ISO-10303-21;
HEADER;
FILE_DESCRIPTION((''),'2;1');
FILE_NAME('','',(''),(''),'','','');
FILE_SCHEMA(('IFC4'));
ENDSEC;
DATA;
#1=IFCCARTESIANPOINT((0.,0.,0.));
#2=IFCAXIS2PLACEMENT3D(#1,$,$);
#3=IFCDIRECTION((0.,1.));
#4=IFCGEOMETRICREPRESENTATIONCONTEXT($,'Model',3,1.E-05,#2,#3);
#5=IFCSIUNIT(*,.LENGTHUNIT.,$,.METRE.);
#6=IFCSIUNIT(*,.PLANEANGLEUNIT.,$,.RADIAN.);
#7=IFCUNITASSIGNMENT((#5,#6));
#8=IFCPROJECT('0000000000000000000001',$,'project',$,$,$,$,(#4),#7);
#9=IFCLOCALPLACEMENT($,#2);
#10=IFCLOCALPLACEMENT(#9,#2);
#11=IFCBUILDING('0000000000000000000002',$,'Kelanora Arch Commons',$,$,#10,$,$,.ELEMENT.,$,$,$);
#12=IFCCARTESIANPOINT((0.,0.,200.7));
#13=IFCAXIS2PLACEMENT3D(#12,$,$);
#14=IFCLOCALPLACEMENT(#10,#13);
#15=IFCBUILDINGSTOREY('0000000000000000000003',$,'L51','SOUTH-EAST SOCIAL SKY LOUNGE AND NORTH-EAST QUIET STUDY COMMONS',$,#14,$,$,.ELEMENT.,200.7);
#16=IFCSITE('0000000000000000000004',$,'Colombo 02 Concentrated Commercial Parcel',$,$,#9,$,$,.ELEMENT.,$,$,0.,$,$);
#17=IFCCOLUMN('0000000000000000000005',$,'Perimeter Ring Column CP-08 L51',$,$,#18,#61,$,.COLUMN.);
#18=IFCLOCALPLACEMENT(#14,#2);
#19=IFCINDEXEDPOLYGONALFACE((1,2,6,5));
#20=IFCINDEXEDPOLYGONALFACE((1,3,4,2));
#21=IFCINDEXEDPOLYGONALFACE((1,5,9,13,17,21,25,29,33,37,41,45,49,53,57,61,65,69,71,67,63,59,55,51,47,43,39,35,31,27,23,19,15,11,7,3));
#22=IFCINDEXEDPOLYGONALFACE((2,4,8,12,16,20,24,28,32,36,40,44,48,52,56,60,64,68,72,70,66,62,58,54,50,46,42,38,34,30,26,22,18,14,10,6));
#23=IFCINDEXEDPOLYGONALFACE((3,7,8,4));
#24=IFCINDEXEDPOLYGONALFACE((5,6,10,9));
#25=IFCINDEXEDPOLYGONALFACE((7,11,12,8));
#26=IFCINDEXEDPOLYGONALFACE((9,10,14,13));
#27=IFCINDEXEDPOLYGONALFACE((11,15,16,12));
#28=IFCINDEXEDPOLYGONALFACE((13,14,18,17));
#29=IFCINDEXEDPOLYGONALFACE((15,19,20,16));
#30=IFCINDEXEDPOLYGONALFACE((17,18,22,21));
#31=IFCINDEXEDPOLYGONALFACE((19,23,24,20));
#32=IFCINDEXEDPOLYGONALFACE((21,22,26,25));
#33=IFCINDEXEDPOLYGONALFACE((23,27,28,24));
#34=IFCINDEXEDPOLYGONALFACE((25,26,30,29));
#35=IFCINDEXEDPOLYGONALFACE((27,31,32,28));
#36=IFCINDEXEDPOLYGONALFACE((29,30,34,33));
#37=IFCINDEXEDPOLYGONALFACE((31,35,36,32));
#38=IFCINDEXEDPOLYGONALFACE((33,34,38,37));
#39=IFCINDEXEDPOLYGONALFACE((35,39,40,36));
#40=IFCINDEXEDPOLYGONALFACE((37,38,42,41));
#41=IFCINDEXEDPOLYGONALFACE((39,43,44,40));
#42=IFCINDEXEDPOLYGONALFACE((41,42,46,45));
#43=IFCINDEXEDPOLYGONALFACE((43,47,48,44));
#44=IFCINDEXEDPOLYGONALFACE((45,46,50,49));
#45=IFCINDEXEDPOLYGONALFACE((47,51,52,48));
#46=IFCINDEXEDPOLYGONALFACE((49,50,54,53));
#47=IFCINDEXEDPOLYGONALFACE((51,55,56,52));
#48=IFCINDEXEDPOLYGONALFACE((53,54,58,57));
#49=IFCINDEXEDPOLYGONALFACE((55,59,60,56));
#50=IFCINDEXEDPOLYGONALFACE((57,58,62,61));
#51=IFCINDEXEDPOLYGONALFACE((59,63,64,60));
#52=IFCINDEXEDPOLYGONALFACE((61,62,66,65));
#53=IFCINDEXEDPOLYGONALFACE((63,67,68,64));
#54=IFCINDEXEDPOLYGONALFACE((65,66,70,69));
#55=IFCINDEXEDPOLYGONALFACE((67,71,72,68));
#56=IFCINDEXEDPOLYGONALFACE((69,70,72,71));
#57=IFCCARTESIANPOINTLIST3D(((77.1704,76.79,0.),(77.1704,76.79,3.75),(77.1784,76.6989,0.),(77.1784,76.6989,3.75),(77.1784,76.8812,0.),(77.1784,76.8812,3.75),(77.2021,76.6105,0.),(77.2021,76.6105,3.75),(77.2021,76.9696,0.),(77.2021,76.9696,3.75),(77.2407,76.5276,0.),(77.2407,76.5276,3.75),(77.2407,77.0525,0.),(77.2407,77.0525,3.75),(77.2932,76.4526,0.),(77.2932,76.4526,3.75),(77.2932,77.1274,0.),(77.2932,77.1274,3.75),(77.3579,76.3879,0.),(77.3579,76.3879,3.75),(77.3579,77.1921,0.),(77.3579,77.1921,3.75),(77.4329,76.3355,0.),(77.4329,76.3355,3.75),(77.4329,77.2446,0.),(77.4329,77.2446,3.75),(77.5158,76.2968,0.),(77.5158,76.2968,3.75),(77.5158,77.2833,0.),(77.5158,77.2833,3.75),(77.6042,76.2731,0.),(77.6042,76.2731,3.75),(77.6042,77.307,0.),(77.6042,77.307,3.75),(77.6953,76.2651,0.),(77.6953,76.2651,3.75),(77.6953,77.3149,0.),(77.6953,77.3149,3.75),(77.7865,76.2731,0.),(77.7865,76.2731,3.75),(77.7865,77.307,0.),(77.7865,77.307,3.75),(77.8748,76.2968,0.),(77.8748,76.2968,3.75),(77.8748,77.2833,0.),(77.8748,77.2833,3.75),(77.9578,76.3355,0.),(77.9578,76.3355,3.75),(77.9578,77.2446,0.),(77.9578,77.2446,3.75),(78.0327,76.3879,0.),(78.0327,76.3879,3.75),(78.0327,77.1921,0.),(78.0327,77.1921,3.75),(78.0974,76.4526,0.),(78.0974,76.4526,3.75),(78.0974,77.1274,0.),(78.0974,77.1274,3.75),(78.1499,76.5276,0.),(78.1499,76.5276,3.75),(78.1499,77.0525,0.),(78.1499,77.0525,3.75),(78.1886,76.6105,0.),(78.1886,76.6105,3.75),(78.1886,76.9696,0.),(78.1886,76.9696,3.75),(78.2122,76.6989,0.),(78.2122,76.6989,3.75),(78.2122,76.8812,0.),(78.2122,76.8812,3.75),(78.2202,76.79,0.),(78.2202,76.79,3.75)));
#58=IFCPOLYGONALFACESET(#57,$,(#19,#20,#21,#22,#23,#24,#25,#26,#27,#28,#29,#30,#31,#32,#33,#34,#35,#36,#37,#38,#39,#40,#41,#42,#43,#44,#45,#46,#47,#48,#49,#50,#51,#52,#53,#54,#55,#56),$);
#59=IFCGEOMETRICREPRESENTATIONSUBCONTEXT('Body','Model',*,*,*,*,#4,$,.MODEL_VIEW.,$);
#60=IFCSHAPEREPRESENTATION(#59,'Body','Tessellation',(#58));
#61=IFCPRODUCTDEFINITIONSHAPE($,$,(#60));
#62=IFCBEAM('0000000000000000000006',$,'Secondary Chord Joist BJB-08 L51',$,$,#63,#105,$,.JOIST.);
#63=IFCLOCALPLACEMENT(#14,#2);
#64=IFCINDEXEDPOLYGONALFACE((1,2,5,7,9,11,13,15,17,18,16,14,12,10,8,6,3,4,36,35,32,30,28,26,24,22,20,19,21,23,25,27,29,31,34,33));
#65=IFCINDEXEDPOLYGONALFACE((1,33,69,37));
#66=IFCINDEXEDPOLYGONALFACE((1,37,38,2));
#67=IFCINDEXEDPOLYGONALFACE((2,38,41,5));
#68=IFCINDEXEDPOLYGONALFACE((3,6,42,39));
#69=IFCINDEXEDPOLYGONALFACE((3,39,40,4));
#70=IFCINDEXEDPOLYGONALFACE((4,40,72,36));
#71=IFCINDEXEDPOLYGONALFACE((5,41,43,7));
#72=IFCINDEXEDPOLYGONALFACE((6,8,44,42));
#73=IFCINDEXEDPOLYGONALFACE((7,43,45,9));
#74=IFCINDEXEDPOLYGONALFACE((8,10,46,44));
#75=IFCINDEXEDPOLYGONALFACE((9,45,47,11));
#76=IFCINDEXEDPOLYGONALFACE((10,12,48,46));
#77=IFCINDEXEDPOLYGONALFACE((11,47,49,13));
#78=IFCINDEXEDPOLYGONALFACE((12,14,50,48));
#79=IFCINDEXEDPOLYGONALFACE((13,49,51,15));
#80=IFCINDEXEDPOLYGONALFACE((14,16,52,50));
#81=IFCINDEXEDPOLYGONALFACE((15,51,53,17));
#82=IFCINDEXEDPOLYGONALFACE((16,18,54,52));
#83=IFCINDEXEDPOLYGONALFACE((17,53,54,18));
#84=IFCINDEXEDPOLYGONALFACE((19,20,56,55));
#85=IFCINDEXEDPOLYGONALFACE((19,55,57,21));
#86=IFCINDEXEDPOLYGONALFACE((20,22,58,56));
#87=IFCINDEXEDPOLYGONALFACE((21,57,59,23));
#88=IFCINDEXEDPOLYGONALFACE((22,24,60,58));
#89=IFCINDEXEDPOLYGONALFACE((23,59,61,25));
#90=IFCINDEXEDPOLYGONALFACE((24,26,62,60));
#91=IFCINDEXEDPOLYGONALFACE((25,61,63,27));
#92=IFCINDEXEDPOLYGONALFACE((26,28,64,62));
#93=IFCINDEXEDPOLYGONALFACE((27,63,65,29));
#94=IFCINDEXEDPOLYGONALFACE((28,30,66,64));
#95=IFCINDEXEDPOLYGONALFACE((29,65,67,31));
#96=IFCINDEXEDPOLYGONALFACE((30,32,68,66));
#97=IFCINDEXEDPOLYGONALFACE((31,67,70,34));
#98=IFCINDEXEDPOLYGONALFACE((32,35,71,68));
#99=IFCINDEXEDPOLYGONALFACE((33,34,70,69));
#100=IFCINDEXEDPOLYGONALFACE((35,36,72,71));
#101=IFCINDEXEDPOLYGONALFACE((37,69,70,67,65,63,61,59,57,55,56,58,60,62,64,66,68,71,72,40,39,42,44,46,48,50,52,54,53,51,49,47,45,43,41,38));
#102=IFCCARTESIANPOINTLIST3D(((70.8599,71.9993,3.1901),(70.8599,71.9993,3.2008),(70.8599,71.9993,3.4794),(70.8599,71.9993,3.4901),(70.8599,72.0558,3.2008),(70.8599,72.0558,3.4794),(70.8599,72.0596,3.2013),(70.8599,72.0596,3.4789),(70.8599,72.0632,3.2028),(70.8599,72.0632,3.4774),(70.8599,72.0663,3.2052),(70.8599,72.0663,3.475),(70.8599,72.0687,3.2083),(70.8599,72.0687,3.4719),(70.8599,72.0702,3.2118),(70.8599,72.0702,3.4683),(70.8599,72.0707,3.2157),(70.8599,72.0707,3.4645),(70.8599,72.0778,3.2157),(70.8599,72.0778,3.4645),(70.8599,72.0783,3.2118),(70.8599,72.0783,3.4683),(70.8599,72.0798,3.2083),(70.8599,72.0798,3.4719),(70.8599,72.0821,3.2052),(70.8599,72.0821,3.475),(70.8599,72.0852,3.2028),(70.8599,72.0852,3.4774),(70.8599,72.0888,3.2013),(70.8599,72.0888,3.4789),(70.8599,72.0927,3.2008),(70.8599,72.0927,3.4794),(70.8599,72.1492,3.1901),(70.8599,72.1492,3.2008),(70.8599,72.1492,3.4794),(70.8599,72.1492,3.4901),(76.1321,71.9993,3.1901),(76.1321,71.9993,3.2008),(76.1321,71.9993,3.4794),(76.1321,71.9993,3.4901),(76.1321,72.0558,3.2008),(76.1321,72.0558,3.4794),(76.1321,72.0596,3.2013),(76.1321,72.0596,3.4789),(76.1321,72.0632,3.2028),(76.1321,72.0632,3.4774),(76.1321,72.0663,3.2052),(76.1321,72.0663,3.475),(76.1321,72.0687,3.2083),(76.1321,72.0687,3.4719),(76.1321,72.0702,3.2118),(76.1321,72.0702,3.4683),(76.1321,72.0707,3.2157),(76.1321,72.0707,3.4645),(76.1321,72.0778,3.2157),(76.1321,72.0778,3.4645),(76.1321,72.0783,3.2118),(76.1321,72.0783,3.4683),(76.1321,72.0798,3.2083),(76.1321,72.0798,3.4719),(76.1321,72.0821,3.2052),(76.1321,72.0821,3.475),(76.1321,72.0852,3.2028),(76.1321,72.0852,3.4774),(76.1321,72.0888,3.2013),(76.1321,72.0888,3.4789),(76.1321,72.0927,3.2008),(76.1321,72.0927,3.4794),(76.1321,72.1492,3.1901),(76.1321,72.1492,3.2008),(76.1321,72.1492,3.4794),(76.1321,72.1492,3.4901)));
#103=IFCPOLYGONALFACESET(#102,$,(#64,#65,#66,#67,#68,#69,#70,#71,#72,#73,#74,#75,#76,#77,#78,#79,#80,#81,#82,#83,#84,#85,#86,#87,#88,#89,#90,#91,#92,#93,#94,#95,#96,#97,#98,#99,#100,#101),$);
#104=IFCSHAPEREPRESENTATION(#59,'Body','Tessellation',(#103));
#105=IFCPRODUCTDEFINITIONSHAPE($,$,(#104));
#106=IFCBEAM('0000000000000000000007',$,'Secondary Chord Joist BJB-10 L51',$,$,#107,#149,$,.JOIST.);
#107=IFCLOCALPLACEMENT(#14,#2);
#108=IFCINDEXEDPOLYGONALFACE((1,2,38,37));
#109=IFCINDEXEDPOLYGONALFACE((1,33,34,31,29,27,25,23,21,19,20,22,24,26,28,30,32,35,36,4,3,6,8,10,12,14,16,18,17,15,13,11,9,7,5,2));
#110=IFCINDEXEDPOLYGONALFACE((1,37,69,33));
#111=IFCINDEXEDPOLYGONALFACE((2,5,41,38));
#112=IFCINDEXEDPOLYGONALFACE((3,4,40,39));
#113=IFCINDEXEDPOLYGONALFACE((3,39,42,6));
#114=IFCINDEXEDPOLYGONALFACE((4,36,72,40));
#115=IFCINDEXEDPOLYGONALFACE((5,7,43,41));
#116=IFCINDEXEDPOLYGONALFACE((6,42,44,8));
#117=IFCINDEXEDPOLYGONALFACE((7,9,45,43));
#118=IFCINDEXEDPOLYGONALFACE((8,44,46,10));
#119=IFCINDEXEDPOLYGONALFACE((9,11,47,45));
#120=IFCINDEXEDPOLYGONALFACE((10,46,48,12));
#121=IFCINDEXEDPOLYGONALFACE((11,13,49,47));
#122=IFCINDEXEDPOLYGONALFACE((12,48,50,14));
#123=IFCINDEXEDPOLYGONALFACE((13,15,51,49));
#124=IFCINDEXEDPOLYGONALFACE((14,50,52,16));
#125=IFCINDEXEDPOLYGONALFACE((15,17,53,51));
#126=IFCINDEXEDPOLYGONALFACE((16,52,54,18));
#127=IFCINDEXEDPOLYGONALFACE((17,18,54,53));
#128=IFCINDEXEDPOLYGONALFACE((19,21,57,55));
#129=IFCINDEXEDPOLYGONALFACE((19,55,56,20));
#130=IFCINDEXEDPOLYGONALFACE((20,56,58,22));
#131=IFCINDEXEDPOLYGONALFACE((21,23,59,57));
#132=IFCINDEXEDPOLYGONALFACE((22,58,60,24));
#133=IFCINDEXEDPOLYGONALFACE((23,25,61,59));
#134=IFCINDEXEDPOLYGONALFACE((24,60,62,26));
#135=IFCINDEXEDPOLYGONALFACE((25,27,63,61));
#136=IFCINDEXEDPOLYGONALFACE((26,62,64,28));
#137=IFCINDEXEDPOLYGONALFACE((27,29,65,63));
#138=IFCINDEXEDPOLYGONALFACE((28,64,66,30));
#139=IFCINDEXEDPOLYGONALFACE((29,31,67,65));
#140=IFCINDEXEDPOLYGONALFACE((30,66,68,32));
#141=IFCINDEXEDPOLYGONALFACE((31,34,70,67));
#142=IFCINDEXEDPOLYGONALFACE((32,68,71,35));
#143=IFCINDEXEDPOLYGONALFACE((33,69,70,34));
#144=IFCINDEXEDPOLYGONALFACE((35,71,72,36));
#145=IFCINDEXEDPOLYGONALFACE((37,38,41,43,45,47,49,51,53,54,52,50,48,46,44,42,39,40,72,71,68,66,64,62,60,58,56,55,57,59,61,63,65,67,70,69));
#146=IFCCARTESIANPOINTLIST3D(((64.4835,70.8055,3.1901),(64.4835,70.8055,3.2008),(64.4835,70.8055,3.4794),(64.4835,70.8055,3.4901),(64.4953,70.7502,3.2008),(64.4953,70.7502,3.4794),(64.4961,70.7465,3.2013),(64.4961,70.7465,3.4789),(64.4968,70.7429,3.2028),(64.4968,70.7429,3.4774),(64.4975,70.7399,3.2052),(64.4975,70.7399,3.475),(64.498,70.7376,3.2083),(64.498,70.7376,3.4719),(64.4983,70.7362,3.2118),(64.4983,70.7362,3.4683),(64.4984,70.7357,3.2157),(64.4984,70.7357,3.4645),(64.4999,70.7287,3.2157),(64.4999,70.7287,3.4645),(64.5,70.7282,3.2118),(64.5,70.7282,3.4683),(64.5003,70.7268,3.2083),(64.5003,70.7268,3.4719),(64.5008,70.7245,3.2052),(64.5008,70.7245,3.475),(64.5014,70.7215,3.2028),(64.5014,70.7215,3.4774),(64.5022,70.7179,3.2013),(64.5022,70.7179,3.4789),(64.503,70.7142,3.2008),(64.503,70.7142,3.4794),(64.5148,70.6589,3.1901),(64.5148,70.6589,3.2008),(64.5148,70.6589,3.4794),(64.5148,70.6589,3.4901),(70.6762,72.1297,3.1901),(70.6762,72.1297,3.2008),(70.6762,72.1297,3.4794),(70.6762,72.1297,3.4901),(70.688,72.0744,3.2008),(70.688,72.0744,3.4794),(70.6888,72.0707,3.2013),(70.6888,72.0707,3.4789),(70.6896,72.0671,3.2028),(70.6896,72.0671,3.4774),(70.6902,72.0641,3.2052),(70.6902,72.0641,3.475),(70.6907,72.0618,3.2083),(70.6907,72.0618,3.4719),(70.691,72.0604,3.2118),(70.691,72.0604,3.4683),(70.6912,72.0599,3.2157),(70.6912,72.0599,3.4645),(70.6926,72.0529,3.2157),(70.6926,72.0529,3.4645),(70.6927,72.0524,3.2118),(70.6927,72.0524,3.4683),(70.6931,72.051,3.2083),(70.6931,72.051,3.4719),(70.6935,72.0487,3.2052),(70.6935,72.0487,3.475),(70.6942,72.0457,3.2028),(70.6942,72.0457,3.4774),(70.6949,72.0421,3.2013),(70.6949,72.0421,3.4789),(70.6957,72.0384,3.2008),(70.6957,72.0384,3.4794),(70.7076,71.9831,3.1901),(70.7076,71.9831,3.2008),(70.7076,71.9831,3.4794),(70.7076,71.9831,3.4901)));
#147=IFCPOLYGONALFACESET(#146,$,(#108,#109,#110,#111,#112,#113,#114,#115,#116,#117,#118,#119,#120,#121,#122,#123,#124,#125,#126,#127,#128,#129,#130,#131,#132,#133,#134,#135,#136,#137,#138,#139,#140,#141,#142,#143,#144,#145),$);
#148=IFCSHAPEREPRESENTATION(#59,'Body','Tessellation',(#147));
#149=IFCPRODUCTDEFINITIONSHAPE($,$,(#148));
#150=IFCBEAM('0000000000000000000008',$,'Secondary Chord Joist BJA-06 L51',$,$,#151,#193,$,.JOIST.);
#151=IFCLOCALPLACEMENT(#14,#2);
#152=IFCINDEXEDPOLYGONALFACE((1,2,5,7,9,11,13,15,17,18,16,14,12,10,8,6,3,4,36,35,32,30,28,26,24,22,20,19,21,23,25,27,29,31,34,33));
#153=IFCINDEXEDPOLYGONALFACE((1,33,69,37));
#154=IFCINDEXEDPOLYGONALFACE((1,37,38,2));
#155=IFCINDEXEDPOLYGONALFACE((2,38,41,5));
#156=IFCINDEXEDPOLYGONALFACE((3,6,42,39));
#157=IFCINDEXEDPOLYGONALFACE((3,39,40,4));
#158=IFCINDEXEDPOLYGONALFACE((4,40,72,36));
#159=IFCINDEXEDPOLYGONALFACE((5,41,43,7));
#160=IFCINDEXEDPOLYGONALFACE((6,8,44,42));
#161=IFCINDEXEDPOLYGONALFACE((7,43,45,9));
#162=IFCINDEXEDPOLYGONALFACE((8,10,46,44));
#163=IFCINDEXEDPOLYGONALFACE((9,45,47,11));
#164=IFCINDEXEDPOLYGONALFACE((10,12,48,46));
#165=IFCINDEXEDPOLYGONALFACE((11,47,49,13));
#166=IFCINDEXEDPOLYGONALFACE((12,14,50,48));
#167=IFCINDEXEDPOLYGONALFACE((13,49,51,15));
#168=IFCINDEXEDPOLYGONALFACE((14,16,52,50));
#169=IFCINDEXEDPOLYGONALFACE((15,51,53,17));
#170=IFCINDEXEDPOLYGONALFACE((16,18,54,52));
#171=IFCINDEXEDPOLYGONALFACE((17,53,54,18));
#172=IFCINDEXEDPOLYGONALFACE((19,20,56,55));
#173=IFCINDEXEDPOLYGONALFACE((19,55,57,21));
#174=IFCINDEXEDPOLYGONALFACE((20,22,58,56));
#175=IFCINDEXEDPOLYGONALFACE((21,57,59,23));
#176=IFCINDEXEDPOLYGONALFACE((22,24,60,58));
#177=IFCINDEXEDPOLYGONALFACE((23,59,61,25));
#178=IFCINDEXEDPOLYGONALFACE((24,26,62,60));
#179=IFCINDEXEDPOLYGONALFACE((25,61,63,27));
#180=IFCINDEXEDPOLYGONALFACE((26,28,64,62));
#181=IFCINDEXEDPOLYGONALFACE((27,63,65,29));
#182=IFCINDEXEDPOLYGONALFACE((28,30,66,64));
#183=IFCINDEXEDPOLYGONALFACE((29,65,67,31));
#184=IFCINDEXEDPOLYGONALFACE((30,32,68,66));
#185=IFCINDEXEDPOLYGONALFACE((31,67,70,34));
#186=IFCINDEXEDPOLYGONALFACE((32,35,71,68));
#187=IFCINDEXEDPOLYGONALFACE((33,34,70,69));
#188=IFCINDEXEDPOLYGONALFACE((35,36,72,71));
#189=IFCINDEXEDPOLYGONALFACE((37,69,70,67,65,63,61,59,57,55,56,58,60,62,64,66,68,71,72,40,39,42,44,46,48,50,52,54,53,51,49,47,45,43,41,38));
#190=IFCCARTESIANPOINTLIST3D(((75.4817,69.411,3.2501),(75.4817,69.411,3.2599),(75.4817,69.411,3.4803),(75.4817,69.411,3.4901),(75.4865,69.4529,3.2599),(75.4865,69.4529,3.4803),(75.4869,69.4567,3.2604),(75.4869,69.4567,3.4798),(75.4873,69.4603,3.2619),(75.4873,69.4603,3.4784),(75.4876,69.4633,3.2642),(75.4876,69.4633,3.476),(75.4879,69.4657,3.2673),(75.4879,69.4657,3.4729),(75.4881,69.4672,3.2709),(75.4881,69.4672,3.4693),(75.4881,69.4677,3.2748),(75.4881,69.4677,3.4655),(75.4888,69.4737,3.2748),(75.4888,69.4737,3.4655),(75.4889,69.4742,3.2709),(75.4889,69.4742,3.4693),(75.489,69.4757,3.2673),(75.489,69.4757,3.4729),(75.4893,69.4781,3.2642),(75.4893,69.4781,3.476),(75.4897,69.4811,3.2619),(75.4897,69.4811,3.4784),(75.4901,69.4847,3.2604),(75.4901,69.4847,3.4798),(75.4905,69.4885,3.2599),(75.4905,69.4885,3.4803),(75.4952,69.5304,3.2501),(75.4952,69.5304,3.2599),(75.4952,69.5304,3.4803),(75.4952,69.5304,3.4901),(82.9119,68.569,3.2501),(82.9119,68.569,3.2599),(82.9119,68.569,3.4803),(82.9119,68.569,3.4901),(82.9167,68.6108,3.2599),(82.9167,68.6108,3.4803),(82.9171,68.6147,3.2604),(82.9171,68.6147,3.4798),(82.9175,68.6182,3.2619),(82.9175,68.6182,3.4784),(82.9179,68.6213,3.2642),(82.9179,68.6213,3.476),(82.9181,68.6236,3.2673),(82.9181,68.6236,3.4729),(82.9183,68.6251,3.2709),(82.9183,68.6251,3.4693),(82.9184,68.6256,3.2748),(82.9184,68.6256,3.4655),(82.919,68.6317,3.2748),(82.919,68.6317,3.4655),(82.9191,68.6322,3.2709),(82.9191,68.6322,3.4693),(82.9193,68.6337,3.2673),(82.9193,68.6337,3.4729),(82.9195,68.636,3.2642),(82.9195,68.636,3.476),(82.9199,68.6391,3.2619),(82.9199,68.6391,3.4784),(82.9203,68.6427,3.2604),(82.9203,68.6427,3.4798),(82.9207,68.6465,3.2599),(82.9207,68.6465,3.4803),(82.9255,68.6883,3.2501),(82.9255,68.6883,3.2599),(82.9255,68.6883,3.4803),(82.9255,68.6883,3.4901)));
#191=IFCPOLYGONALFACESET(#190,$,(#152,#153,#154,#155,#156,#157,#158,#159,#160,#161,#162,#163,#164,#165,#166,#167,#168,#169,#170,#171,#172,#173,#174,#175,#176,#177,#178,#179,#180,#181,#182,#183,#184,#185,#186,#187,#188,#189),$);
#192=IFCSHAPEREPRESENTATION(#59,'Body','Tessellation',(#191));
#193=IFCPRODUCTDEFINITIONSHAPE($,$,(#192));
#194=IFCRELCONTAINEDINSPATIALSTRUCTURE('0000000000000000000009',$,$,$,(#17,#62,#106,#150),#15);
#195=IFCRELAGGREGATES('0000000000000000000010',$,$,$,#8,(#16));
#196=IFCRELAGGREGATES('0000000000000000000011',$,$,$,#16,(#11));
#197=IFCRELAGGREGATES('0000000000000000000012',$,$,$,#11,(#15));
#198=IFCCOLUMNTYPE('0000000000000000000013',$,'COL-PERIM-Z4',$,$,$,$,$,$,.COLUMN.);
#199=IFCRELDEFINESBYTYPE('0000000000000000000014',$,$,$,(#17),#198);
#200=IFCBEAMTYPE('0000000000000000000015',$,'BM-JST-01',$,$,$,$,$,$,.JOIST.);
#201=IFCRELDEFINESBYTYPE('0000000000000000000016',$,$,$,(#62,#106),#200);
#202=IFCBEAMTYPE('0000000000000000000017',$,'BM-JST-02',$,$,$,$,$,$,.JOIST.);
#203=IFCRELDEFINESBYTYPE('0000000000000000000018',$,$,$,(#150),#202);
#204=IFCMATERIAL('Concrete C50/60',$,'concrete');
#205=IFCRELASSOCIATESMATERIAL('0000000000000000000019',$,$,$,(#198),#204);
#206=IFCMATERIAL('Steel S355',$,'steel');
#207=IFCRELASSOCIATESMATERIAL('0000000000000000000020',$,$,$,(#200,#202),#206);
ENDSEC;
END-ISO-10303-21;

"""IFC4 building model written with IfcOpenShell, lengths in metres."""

from ifc_helpers import new_model, si_unit, direction, frame, origin, origin_2d, place, context, subcontext, project, spatial, circle, i_section, extrude, material, material_profile, profile_set, type_object, element, save


model = new_model("IFC4")

# Units and contexts
model_context = context("Model", 3, precision=1e-05, world=origin(), true_north=direction((0.0, 1.0)))
body_context = subcontext(model_context, "Body", "Model", "MODEL_VIEW")
ifc_project = project(units=[si_unit("LENGTHUNIT", "METRE"), si_unit("PLANEANGLEUNIT", "RADIAN")], contexts=[model_context])

# Site, building, storey
site_placement = place(None, origin())
site = spatial("IfcSite", under=ifc_project, at=site_placement, Name="Colombo 02 Concentrated Commercial Parcel", CompositionType="ELEMENT", RefElevation=0.0)
building_placement = place(site_placement, origin())
building = spatial("IfcBuilding", under=site, at=building_placement, Name="Kelanora Arch Commons", CompositionType="ELEMENT")
storey_placement = place(building_placement, frame((0.0, 0.0, 200.7)))
storey = spatial("IfcBuildingStorey", under=building, at=storey_placement, Name="L51", Description="SOUTH-EAST SOCIAL SKY LOUNGE AND NORTH-EAST QUIET STUDY COMMONS", CompositionType="ELEMENT", Elevation=200.7)

# Column
ifc_material_1 = material(Name="Concrete C50/60", Category="concrete")
ifc_material_profile_1 = material_profile(ifc_material_1, circle(Radius=0.5249, at=origin_2d()), Name="RCC1050")
ifc_profile_set_1 = profile_set([ifc_material_profile_1], Name="Concrete C50/60")
column_type = type_object("IfcColumnType", Name="COL-PERIM-Z4", PredefinedType="COLUMN", material=ifc_profile_set_1)
column_placement = place(storey_placement, frame((77.6953, 76.79, 0.0), z_axis=(0.0, 0.0, 1.0), x_axis=(1.0, 0.0, 0.0)))
element("IfcColumn", 1, at=column_placement, inside=storey, type_object=column_type, Name="Perimeter Ring Column CP-08 L51", PredefinedType="COLUMN", context=body_context, shape_type="SweptSolid", body=[
    extrude(circle(Radius=0.5249, at=origin_2d()), origin(), (0.0, 0.0, 1.0), 3.75),
])

# Beams
ifc_material_2 = material(Name="Steel S355", Category="steel")
ifc_material_profile_2 = material_profile(ifc_material_2, i_section(OverallWidth=0.1499, OverallDepth=0.3, WebThickness=0.0071, FlangeThickness=0.0107, FilletRadius=0.0149, at=origin_2d()), Name="IPE300")
ifc_profile_set_2 = profile_set([ifc_material_profile_2], Name="Steel S355")
beam_type_1 = type_object("IfcBeamType", Name="BM-JST-01", PredefinedType="JOIST", material=ifc_profile_set_2)
beam_1_placement = place(storey_placement, frame((76.1321, 72.0742, 3.3401), z_axis=(-1.0, 0.0, 0.0), x_axis=(0.0, -1.0, 0.0)))
element("IfcBeam", 2, at=beam_1_placement, inside=storey, type_object=beam_type_1, Name="Secondary Chord Joist BJB-08 L51", PredefinedType="JOIST", context=body_context, shape_type="SweptSolid", body=[
    extrude(i_section(OverallWidth=0.1499, OverallDepth=0.3, WebThickness=0.0071, FlangeThickness=0.0107, FilletRadius=0.0149, at=origin_2d()), origin(), (0.0, 0.0, 1.0), 5.2722),
])
beam_2_placement = place(storey_placement, frame((70.6919, 72.0564, 3.3401), z_axis=(-0.977894, -0.209103, 0.0), x_axis=(0.209103, -0.977894, 0.0)))
element("IfcBeam", 3, at=beam_2_placement, inside=storey, type_object=beam_type_1, Name="Secondary Chord Joist BJB-10 L51", PredefinedType="JOIST", context=body_context, shape_type="SweptSolid", body=[
    extrude(i_section(OverallWidth=0.1499, OverallDepth=0.3, WebThickness=0.0071, FlangeThickness=0.0107, FilletRadius=0.0149, at=origin_2d()), origin(), (0.0, 0.0, 1.0), 6.3328),
])
ifc_material_profile_3 = material_profile(ifc_material_2, i_section(OverallWidth=0.1201, OverallDepth=0.24, WebThickness=0.0061, FlangeThickness=0.0098, FilletRadius=0.0149, at=origin_2d()), Name="IPE240")
ifc_profile_set_3 = profile_set([ifc_material_profile_3], Name="Steel S355")
beam_type_2 = type_object("IfcBeamType", Name="BM-JST-02", PredefinedType="JOIST", material=ifc_profile_set_3)
beam_3_placement = place(storey_placement, frame((82.9187, 68.6287, 3.3701), z_axis=(-0.99364, 0.112606, 0.0), x_axis=(-0.112606, -0.99364, 0.0)))
element("IfcBeam", 4, at=beam_3_placement, inside=storey, type_object=beam_type_2, Name="Secondary Chord Joist BJA-06 L51", PredefinedType="JOIST", context=body_context, shape_type="SweptSolid", body=[
    extrude(i_section(OverallWidth=0.1201, OverallDepth=0.24, WebThickness=0.0061, FlangeThickness=0.0098, FilletRadius=0.0149, at=origin_2d()), origin(), (0.0, 0.0, 1.0), 7.4778),
])

save(model, "model.ifc")
